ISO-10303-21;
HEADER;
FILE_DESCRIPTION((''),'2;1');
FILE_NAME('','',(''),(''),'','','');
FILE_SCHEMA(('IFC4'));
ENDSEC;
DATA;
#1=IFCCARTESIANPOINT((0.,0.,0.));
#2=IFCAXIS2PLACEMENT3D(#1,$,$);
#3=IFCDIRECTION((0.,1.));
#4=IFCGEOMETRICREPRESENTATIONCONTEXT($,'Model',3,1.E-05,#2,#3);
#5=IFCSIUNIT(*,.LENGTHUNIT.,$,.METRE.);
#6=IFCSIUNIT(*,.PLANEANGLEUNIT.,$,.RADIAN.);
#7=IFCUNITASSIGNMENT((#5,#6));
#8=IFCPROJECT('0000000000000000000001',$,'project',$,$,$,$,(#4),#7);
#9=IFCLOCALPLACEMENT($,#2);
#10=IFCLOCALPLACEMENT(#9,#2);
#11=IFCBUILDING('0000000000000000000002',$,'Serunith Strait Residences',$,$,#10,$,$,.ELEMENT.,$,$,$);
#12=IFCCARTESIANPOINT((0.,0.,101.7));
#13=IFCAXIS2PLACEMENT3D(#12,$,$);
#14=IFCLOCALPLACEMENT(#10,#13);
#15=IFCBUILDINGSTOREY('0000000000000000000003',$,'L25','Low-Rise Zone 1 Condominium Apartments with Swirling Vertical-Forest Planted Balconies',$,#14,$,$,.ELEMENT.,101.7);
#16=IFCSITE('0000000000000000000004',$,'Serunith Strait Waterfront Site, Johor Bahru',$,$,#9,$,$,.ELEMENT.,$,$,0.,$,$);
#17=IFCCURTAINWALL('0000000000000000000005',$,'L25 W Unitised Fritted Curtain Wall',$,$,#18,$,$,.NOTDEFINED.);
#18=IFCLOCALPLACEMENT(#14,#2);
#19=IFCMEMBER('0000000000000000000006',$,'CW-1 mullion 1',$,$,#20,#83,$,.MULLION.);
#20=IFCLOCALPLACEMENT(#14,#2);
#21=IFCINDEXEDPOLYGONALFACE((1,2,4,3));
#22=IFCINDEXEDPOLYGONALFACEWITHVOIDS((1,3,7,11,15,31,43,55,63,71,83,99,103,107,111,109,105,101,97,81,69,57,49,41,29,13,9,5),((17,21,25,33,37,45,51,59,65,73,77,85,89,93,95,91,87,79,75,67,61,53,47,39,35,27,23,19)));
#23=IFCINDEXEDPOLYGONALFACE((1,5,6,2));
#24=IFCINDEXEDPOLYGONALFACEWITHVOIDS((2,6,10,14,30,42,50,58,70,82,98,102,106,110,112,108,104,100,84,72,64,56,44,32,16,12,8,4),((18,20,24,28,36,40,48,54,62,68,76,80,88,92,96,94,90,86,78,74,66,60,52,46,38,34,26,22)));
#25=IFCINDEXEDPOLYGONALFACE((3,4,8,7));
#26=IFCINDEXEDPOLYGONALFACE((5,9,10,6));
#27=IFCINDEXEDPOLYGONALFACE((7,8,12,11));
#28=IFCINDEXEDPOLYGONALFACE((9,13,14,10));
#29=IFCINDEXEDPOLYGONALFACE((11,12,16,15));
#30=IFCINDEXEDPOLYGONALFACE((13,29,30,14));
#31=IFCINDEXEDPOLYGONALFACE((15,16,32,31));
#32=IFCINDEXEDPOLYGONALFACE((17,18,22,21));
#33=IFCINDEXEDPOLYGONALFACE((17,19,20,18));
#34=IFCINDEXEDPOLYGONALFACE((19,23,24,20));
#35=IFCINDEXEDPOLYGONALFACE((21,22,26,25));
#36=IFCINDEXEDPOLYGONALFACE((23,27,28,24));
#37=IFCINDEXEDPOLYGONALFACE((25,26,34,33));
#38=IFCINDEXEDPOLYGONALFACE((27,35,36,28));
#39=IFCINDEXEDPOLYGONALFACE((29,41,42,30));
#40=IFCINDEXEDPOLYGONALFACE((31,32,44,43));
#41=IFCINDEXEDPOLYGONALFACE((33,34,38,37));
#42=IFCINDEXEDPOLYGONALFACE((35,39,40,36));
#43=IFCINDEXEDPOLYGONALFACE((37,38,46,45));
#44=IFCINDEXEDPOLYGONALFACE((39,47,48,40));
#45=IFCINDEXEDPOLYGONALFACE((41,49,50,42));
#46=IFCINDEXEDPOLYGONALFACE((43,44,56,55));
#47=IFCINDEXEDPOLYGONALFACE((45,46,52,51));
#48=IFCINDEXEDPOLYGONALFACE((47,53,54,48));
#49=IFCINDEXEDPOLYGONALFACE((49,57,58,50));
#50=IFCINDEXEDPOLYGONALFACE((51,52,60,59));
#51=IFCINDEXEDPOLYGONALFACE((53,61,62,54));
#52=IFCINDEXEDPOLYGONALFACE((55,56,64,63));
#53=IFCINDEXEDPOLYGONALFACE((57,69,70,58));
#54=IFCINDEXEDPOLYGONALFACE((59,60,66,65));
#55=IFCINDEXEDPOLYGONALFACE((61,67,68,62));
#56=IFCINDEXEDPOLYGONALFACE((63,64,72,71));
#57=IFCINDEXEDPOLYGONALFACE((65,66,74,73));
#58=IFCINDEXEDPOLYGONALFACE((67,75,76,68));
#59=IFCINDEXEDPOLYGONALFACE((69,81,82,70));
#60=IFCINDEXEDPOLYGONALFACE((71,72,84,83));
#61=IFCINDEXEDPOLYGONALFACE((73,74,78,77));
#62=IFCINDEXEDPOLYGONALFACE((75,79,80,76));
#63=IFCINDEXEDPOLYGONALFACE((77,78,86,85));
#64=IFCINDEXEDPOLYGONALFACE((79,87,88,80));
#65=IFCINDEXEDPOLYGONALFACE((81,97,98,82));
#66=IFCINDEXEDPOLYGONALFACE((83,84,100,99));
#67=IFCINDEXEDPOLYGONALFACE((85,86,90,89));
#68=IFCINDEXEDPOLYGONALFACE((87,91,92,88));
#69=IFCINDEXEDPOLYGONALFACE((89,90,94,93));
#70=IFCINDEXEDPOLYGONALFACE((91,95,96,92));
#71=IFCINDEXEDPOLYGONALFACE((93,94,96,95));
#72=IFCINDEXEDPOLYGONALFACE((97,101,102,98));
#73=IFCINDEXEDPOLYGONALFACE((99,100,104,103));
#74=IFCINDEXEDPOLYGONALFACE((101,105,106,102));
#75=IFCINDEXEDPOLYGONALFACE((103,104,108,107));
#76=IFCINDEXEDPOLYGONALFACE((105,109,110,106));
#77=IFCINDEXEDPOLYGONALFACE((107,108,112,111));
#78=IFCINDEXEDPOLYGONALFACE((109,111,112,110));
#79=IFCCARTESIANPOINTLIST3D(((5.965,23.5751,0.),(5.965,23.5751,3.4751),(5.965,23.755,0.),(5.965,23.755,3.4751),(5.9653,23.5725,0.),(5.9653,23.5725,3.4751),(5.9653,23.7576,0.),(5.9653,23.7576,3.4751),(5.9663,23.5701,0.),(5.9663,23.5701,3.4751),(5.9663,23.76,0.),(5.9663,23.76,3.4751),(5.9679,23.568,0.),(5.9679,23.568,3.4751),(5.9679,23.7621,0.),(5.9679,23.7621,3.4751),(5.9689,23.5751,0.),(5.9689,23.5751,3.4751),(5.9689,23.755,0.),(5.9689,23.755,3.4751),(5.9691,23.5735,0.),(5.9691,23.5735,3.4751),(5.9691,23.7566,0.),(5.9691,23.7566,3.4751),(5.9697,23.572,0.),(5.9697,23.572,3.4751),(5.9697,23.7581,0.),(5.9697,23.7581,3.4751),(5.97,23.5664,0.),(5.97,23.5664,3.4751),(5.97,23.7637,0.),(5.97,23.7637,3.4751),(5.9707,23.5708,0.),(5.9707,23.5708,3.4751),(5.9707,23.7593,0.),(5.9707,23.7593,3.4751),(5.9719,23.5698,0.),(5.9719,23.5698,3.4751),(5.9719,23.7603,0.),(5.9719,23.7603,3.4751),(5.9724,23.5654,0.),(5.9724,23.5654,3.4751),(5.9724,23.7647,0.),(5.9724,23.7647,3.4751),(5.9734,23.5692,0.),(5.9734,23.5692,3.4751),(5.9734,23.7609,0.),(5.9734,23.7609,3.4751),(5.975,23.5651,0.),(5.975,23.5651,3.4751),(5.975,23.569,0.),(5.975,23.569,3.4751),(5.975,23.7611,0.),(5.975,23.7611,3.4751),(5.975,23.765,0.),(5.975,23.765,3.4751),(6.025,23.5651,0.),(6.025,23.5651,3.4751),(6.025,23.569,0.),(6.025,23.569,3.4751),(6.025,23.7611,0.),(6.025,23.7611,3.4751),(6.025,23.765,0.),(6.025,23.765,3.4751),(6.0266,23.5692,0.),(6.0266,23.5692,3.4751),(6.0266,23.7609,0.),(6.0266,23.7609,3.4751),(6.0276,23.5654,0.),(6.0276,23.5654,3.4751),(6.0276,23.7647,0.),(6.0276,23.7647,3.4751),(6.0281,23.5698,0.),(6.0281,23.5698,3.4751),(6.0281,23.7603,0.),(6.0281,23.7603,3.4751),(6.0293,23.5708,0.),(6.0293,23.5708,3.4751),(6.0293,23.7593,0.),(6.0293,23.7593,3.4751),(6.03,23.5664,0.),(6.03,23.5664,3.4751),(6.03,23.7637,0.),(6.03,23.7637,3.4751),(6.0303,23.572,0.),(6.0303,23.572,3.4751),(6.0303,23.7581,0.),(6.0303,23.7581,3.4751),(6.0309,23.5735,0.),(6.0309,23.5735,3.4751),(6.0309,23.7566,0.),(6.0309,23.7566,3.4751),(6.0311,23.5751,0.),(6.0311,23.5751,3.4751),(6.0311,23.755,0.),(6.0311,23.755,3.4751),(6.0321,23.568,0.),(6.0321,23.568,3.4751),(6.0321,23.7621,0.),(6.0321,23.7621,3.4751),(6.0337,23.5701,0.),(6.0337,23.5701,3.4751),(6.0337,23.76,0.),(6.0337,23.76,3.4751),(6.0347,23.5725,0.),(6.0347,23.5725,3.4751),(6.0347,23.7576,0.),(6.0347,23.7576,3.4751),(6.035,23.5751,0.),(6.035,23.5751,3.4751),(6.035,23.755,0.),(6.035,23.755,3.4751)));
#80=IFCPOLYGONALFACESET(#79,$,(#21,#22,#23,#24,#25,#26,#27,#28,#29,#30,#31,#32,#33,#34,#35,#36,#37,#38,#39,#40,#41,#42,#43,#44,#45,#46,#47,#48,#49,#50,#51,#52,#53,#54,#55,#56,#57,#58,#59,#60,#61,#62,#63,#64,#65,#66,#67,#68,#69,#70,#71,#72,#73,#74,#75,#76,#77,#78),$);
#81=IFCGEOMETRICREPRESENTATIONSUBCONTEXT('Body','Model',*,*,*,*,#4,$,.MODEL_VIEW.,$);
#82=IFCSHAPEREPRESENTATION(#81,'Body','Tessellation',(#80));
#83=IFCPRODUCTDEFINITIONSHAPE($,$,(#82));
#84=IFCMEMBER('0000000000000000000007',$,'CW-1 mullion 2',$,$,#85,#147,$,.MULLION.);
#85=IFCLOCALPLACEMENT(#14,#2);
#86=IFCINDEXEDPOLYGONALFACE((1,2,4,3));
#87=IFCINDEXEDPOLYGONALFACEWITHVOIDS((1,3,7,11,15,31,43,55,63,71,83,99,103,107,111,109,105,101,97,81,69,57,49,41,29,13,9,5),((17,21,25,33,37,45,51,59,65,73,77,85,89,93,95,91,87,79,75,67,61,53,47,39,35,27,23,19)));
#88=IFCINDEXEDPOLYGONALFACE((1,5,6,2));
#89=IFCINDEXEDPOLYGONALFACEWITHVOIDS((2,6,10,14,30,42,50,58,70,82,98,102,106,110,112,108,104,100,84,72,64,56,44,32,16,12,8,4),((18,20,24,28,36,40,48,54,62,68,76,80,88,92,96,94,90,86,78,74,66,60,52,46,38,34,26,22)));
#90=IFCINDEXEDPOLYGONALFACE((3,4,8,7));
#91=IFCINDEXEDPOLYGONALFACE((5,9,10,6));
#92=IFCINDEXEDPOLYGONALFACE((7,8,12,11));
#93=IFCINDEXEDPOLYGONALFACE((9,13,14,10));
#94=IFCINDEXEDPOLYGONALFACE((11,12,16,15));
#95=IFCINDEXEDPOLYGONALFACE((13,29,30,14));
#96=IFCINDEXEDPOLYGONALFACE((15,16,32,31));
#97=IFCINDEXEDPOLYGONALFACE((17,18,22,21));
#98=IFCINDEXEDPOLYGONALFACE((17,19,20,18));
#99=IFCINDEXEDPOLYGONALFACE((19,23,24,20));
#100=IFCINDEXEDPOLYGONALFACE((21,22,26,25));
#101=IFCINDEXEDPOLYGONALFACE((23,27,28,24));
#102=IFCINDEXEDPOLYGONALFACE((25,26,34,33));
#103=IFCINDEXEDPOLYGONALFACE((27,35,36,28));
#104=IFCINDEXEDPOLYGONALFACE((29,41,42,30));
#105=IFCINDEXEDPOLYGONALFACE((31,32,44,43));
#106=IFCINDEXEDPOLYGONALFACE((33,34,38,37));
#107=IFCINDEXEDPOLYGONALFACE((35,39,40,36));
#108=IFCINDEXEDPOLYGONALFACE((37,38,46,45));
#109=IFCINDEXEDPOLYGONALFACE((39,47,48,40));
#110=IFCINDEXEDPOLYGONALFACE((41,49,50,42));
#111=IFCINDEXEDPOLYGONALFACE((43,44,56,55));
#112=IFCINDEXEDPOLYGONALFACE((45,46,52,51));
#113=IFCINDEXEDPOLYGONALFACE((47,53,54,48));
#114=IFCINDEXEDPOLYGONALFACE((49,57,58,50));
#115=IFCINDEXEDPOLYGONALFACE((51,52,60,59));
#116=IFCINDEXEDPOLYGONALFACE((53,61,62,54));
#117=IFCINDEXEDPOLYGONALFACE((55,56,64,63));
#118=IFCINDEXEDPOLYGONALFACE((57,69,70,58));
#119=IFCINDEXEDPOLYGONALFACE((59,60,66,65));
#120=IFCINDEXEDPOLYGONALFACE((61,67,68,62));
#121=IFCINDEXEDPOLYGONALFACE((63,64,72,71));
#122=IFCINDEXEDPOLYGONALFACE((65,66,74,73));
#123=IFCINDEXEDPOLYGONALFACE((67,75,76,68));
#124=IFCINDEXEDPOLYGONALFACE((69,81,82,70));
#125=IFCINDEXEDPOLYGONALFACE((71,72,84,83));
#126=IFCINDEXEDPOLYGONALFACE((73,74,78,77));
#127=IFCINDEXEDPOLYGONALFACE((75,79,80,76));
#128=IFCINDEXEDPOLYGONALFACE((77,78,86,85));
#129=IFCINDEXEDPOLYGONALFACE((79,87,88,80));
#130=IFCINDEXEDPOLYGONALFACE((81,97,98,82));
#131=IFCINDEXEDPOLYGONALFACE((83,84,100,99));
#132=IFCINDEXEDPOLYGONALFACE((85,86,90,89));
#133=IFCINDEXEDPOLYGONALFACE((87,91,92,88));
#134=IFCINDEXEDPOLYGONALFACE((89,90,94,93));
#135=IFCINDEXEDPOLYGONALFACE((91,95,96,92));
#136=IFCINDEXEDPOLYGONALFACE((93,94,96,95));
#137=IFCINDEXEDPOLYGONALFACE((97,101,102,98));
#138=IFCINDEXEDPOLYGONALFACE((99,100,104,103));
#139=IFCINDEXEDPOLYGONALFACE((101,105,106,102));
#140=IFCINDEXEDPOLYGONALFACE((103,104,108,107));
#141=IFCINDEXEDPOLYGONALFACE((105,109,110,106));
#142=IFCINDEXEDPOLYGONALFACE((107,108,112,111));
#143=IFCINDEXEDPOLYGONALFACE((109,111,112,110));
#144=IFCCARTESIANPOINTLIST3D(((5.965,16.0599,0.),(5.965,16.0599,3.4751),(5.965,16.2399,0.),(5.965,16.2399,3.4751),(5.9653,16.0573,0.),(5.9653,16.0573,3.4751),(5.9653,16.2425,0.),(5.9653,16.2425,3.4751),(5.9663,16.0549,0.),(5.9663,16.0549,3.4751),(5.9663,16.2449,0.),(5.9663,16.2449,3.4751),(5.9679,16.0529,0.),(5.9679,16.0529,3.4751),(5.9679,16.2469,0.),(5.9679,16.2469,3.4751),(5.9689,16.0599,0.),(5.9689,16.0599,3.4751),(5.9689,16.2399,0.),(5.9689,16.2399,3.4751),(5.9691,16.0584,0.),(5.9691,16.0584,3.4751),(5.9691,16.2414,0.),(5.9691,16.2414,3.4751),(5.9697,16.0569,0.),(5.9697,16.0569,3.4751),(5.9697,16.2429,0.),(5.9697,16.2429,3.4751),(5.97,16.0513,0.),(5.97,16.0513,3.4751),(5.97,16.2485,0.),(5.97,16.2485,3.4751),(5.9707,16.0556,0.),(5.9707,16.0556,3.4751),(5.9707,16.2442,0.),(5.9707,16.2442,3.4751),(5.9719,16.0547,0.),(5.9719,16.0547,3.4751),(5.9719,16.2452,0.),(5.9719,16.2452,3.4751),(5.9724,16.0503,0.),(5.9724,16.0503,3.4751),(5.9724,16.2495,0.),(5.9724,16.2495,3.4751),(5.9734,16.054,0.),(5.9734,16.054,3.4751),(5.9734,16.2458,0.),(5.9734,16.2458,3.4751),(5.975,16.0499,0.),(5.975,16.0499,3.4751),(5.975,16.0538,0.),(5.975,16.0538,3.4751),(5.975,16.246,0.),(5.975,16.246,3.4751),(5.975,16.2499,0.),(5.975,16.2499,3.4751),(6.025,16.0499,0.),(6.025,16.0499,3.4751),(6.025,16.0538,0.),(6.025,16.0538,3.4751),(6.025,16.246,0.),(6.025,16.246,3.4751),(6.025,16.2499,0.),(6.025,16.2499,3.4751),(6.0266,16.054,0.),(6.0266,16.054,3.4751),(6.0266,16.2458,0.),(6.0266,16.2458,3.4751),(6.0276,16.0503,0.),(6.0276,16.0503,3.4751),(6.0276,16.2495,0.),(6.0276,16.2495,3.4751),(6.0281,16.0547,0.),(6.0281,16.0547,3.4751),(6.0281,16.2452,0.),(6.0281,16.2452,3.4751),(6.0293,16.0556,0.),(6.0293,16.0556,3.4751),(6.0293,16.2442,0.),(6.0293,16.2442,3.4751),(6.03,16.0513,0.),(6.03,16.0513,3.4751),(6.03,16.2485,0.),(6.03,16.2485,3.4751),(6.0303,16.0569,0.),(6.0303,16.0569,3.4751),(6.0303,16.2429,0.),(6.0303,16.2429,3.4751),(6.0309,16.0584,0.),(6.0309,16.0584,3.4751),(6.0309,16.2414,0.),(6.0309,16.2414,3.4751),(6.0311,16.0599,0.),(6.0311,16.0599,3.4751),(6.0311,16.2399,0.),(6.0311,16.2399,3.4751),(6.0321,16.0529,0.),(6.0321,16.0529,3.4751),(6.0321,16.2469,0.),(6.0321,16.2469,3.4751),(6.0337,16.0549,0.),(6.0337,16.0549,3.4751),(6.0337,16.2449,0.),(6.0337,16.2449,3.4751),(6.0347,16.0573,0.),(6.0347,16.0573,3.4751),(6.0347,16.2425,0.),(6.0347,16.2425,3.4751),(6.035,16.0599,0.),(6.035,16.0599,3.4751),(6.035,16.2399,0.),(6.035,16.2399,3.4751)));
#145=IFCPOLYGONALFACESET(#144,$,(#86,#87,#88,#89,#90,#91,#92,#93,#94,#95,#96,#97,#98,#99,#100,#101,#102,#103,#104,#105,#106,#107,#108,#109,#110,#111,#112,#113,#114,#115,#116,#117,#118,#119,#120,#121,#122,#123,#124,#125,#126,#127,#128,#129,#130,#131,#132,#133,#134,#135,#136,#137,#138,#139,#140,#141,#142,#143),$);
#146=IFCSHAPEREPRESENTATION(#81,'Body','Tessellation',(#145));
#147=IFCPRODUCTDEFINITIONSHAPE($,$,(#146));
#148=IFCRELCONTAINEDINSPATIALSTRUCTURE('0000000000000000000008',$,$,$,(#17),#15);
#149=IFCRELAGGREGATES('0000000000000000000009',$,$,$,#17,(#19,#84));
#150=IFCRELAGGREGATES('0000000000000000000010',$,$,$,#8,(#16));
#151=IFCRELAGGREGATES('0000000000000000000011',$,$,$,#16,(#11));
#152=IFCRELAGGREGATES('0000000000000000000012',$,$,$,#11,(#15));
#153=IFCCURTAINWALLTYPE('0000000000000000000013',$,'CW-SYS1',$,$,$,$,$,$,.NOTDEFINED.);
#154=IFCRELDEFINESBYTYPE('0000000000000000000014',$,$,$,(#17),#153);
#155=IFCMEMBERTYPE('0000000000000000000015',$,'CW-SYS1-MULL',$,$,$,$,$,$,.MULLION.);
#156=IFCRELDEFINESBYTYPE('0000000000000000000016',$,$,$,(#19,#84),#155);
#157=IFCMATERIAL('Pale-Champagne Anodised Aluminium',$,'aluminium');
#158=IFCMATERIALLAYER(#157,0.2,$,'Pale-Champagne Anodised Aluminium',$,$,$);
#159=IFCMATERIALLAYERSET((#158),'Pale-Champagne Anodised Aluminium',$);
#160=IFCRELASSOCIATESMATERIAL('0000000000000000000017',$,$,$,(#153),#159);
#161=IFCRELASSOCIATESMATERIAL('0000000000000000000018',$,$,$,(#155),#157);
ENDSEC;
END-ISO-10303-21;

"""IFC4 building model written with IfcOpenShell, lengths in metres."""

from ifc_helpers import new_model, si_unit, direction, frame, origin, origin_2d, place, context, subcontext, project, spatial, hollow_rectangle, extrude, source, transform, mapped, material, layer, layer_set, material_profile, profile_set, type_object, element, aggregate, save


model = new_model("IFC4")

# Units and contexts
model_context = context("Model", 3, precision=1e-05, world=origin(), true_north=direction((0.0, 1.0)))
body_context = subcontext(model_context, "Body", "Model", "MODEL_VIEW")
ifc_project = project(units=[si_unit("LENGTHUNIT", "METRE"), si_unit("PLANEANGLEUNIT", "RADIAN")], contexts=[model_context])

# Site, building, storey
site_placement = place(None, origin())
site = spatial("IfcSite", under=ifc_project, at=site_placement, Name="Serunith Strait Waterfront Site, Johor Bahru", CompositionType="ELEMENT", RefElevation=0.0)
building_placement = place(site_placement, origin())
building = spatial("IfcBuilding", under=site, at=building_placement, Name="Serunith Strait Residences", CompositionType="ELEMENT")
storey_placement = place(building_placement, frame((0.0, 0.0, 101.7)))
storey = spatial("IfcBuildingStorey", under=building, at=storey_placement, Name="L25", Description="Low-Rise Zone 1 Condominium Apartments with Swirling Vertical-Forest Planted Balconies", CompositionType="ELEMENT", Elevation=101.7)

# Curtain wall, members
ifc_material_1 = material(Name="Pale-Champagne Anodised Aluminium", Category="aluminium")
ifc_layer_1 = layer(ifc_material_1, 0.2, Name="Pale-Champagne Anodised Aluminium")
ifc_layer_set_1 = layer_set([ifc_layer_1], Name="Pale-Champagne Anodised Aluminium")
curtain_wall_type = type_object("IfcCurtainWallType", Name="CW-SYS1", PredefinedType="NOTDEFINED", material=ifc_layer_set_1)
curtain_wall_placement = place(storey_placement, origin())
curtain_wall = element("IfcCurtainWall", 1, at=curtain_wall_placement, inside=storey, type_object=curtain_wall_type, Name="L25 W Unitised Fritted Curtain Wall", PredefinedType="NOTDEFINED")
ifc_material_profile_1 = material_profile(ifc_material_1, hollow_rectangle(XDim=0.0701, YDim=0.2, WallThickness=0.0039, InnerFilletRadius=0.0061, OuterFilletRadius=0.01, at=origin_2d()), Name="ALU 200x70x4")
ifc_profile_set_1 = profile_set([ifc_material_profile_1], Name="Pale-Champagne Anodised Aluminium")
member_type_1 = type_object("IfcMemberType", Name="CW-SYS1-MULL", PredefinedType="MULLION", material=ifc_profile_set_1)
shared_shape_1 = source(origin(), body_context, "Body", "SweptSolid", [
    extrude(hollow_rectangle(XDim=0.0701, YDim=0.2, WallThickness=0.0039, InnerFilletRadius=0.0061, OuterFilletRadius=0.01, at=origin_2d()), origin(), (0.0, 0.0, 1.0), 3.4751),
])
member_1_placement = place(storey_placement, frame((6.0, 23.665, 0.0), z_axis=(0.0, 0.0, 1.0), x_axis=(1.0, 0.0, 0.0)))
member_1 = element("IfcMember", 2, at=member_1_placement, type_object=member_type_1, Name="CW-1 mullion 1", PredefinedType="MULLION", context=body_context, shape_type="MappedRepresentation", body=[
    mapped(shared_shape_1, transform((0.0, 0.0, 0.0), scale=1.0)),
])
member_2_placement = place(storey_placement, frame((6.0, 16.1499, 0.0), z_axis=(0.0, 0.0, 1.0), x_axis=(1.0, 0.0, 0.0)))
member_2 = element("IfcMember", 3, at=member_2_placement, type_object=member_type_1, Name="CW-1 mullion 2", PredefinedType="MULLION", context=body_context, shape_type="MappedRepresentation", body=[
    mapped(shared_shape_1, transform((0.0, 0.0, 0.0), scale=1.0)),
])
aggregate(curtain_wall, [member_1, member_2])

save(model, "model.ifc")
